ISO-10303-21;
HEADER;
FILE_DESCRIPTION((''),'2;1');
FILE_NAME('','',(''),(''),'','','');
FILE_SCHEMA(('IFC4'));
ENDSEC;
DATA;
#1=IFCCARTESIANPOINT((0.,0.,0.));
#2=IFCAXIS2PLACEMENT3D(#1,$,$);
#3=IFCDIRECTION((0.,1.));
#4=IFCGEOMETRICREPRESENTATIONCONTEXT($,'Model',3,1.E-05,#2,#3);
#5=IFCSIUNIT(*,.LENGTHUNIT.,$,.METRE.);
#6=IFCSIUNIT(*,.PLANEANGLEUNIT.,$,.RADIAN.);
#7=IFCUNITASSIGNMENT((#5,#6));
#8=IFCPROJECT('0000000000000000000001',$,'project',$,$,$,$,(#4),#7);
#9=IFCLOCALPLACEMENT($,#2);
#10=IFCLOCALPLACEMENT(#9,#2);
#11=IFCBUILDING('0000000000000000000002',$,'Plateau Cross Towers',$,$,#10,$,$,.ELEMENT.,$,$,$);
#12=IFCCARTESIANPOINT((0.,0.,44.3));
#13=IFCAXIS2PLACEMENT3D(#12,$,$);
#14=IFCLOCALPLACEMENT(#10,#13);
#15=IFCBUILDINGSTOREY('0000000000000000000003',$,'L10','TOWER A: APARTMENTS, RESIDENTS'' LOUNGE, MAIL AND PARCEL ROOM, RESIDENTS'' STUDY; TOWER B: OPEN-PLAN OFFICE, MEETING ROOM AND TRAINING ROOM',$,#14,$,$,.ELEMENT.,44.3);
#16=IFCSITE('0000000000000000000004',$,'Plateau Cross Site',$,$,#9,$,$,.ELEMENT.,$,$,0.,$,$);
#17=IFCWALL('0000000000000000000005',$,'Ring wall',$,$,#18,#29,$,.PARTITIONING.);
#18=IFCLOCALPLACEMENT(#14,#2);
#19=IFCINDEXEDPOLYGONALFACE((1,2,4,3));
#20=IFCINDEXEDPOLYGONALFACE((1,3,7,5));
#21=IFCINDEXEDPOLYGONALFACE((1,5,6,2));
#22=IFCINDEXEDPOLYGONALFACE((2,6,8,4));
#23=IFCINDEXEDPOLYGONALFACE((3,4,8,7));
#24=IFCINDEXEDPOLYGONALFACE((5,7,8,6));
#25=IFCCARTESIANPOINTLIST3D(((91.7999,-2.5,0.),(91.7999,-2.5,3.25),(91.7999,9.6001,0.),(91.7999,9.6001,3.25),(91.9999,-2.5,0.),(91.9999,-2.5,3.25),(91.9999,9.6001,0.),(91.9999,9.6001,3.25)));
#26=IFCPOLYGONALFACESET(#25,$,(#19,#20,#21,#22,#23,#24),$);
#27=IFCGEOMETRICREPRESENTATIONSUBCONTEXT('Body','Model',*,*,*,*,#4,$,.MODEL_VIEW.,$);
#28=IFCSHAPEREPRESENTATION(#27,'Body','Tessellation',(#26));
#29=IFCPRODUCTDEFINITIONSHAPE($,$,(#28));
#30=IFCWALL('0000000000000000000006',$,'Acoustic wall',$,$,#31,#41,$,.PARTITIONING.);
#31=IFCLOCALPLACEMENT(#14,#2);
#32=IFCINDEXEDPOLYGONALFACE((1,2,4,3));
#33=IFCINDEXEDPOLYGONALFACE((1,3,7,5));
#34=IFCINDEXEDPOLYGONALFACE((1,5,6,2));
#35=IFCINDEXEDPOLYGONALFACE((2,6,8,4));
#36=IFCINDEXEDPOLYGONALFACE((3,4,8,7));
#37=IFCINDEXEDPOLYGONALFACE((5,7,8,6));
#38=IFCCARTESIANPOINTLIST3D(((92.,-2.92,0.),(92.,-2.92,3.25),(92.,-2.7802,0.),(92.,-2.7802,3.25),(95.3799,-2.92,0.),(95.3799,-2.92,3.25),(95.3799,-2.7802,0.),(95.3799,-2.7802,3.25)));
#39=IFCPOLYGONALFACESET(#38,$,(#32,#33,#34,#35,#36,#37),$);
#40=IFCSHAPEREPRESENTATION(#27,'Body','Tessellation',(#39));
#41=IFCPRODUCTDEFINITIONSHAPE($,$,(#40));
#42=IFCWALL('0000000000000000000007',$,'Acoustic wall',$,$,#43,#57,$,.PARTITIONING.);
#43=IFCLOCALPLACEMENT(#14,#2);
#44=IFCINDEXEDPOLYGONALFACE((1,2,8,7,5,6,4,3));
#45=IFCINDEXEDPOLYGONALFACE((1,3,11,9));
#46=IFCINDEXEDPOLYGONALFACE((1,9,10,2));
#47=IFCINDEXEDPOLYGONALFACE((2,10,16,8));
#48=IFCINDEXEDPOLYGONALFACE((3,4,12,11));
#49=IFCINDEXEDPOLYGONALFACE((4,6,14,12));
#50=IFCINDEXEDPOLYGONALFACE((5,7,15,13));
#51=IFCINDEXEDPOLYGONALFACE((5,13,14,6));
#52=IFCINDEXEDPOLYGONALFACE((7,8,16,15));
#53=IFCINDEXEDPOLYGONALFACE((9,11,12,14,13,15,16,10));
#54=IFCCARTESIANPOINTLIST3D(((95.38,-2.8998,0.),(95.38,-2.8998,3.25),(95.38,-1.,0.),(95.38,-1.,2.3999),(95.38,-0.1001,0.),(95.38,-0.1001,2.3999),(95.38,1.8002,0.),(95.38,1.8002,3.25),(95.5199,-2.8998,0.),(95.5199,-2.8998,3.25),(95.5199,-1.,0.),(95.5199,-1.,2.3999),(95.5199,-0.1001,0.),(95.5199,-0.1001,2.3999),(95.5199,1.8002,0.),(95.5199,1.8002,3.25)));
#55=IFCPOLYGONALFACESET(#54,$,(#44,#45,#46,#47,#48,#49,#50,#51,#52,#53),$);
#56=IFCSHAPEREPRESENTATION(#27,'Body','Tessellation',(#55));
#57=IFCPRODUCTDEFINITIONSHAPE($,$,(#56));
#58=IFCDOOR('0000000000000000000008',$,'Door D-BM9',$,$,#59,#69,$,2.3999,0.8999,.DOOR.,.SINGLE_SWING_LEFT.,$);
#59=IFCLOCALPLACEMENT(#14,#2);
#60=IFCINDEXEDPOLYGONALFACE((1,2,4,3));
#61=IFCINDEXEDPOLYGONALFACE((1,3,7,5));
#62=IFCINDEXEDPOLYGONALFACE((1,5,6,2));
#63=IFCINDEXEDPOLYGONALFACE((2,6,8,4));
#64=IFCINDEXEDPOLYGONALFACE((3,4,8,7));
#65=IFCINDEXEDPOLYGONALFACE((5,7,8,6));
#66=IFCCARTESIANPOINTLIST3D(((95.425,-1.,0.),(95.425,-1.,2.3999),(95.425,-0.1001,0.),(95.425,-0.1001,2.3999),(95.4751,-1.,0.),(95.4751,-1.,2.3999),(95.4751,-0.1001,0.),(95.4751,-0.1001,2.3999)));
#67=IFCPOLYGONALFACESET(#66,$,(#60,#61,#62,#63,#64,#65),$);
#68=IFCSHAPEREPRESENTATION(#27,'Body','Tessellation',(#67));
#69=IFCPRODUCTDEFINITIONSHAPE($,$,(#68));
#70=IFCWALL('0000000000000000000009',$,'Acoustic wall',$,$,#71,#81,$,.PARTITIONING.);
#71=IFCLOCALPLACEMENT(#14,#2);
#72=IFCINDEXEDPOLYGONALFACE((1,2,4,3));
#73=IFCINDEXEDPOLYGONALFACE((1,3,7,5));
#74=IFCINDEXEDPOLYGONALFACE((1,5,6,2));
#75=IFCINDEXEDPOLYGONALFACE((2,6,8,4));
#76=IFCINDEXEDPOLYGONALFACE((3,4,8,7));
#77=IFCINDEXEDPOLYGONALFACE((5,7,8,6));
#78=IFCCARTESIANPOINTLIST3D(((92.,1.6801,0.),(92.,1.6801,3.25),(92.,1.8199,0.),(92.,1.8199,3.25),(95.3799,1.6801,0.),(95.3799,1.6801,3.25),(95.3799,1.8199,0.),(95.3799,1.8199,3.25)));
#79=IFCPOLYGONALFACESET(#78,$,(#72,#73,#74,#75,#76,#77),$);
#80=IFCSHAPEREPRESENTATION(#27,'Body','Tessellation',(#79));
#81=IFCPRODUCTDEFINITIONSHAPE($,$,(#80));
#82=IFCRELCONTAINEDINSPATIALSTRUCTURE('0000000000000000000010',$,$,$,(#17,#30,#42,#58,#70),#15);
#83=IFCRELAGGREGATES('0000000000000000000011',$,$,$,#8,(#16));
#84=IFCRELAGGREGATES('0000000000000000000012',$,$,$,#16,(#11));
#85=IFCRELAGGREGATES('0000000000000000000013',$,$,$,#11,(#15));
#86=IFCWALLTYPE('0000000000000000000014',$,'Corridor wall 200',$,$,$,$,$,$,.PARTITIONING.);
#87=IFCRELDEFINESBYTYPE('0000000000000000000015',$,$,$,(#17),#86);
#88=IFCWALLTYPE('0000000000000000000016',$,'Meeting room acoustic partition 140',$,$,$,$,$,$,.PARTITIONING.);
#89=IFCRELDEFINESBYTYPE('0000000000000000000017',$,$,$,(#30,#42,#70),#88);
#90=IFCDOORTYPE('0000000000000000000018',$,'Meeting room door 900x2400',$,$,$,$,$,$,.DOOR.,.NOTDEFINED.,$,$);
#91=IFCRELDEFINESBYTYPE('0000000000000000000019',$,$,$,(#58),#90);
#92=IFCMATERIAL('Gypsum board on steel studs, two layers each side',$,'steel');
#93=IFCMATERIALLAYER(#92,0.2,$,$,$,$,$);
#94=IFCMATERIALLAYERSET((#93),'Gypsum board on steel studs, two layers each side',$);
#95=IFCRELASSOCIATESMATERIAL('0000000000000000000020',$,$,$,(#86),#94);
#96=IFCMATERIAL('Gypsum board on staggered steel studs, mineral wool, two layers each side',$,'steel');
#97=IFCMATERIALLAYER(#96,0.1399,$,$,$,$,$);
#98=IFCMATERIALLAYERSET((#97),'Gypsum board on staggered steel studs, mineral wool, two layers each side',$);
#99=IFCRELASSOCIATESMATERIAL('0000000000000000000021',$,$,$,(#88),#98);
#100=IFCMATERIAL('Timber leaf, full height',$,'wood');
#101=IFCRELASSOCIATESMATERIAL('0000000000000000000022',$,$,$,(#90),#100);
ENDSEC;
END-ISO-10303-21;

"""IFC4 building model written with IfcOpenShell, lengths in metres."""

from ifc_helpers import new_model, si_unit, direction, frame, frame_2d, origin, place, context, subcontext, project, spatial, rectangle, extrude, material, layer, layer_set, type_object, element, fill, save


model = new_model("IFC4")

# Units and contexts
model_context = context("Model", 3, precision=1e-05, world=origin(), true_north=direction((0.0, 1.0)))
body_context = subcontext(model_context, "Body", "Model", "MODEL_VIEW")
ifc_project = project(units=[si_unit("LENGTHUNIT", "METRE"), si_unit("PLANEANGLEUNIT", "RADIAN")], contexts=[model_context])

# Site, building, storey
site_placement = place(None, origin())
site = spatial("IfcSite", under=ifc_project, at=site_placement, Name="Plateau Cross Site", CompositionType="ELEMENT", RefElevation=0.0)
building_placement = place(site_placement, origin())
building = spatial("IfcBuilding", under=site, at=building_placement, Name="Plateau Cross Towers", CompositionType="ELEMENT")
storey_placement = place(building_placement, frame((0.0, 0.0, 44.3)))
storey = spatial("IfcBuildingStorey", under=building, at=storey_placement, Name="L10", Description="TOWER A: APARTMENTS, RESIDENTS' LOUNGE, MAIL AND PARCEL ROOM, RESIDENTS' STUDY; TOWER B: OPEN-PLAN OFFICE, MEETING ROOM AND TRAINING ROOM", CompositionType="ELEMENT", Elevation=44.3)

# Wall
ifc_material_1 = material(Name="Gypsum board on steel studs, two layers each side", Category="steel")
ifc_layer_1 = layer(ifc_material_1, 0.2)
ifc_layer_set_1 = layer_set([ifc_layer_1], Name="Gypsum board on steel studs, two layers each side")
wall_type_1 = type_object("IfcWallType", Name="Corridor wall 200", PredefinedType="PARTITIONING", material=ifc_layer_set_1)
wall_1_placement = place(storey_placement, frame((91.8999, -2.5, 0.0), z_axis=(0.0, 0.0, 1.0), x_axis=(0.0, 1.0, 0.0)))
element("IfcWall", 1, at=wall_1_placement, inside=storey, type_object=wall_type_1, Name="Ring wall", PredefinedType="PARTITIONING", context=body_context, shape_type="SweptSolid", body=[
    extrude(rectangle(XDim=12.1001, YDim=0.2, at=frame_2d((6.05, 0.0))), origin(), (0.0, 0.0, 1.0), 3.25),
])

# Shared definitions
ifc_material_2 = material(Name="Gypsum board on staggered steel studs, mineral wool, two layers each side", Category="steel")
ifc_layer_2 = layer(ifc_material_2, 0.1399)
ifc_layer_set_2 = layer_set([ifc_layer_2], Name="Gypsum board on staggered steel studs, mineral wool, two layers each side")
wall_type_2 = type_object("IfcWallType", Name="Meeting room acoustic partition 140", PredefinedType="PARTITIONING", material=ifc_layer_set_2)
ifc_material_3 = material(Name="Timber leaf, full height", Category="wood")
door_type_1 = type_object("IfcDoorType", Name="Meeting room door 900x2400", OperationType="NOTDEFINED", PredefinedType="DOOR", material=ifc_material_3)

# Wall
wall_2_placement = place(storey_placement, frame((92.0, -2.8501, 0.0), z_axis=(0.0, 0.0, 1.0), x_axis=(1.0, 0.0, 0.0)))
element("IfcWall", 2, at=wall_2_placement, inside=storey, type_object=wall_type_2, Name="Acoustic wall", PredefinedType="PARTITIONING", context=body_context, shape_type="SweptSolid", body=[
    extrude(rectangle(XDim=3.3799, YDim=0.1399, at=frame_2d((1.6899, 0.0))), origin(), (0.0, 0.0, 1.0), 3.25),
])

# Wall, opening, door
wall_3_placement = place(storey_placement, frame((95.45, -2.8999, 0.0), z_axis=(0.0, 0.0, 1.0), x_axis=(0.0, 1.0, 0.0)))
wall_3 = element("IfcWall", 3, at=wall_3_placement, inside=storey, type_object=wall_type_2, Name="Acoustic wall", PredefinedType="PARTITIONING", context=body_context, shape_type="SweptSolid", body=[
    extrude(rectangle(XDim=4.7, YDim=0.1399, at=frame_2d((2.3501, 0.0))), origin(), (0.0, 0.0, 1.0), 3.25),
])
opening_1_placement = place(wall_3_placement, frame((1.8999, 0.0, 0.0)))
opening_1 = element("IfcOpeningElement", 4, at=opening_1_placement, cuts=wall_3, PredefinedType="OPENING", context=body_context, shape_type="SweptSolid", body=[
    extrude(rectangle(XDim=0.8999, YDim=2.3999, at=frame_2d((0.45, 1.2))), frame((0.0, 0.0798, 0.0), z_axis=(0.0, -1.0, 0.0), x_axis=(1.0, 0.0, 0.0)), (0.0, 0.0, 1.0), 0.1599),
])
door_1_placement = place(opening_1_placement, origin())
door_1 = element("IfcDoor", 5, at=door_1_placement, inside=storey, type_object=door_type_1, Name="Door D-BM9", OperationType="SINGLE_SWING_LEFT", OverallHeight=2.3999, OverallWidth=0.8999, PredefinedType="DOOR", context=body_context, shape_type="SweptSolid", body=[
    extrude(rectangle(XDim=0.8999, YDim=2.3999, at=frame_2d((0.45, 1.2))), frame((0.0, 0.0249, 0.0), z_axis=(0.0, -1.0, 0.0), x_axis=(1.0, 0.0, 0.0)), (0.0, 0.0, 1.0), 0.05),
])
fill(opening_1, door_1)

# Wall
wall_4_placement = place(storey_placement, frame((92.0, 1.75, 0.0), z_axis=(0.0, 0.0, 1.0), x_axis=(1.0, 0.0, 0.0)))
element("IfcWall", 6, at=wall_4_placement, inside=storey, type_object=wall_type_2, Name="Acoustic wall", PredefinedType="PARTITIONING", context=body_context, shape_type="SweptSolid", body=[
    extrude(rectangle(XDim=3.3799, YDim=0.1399, at=frame_2d((1.6899, 0.0))), origin(), (0.0, 0.0, 1.0), 3.25),
])

save(model, "model.ifc")
